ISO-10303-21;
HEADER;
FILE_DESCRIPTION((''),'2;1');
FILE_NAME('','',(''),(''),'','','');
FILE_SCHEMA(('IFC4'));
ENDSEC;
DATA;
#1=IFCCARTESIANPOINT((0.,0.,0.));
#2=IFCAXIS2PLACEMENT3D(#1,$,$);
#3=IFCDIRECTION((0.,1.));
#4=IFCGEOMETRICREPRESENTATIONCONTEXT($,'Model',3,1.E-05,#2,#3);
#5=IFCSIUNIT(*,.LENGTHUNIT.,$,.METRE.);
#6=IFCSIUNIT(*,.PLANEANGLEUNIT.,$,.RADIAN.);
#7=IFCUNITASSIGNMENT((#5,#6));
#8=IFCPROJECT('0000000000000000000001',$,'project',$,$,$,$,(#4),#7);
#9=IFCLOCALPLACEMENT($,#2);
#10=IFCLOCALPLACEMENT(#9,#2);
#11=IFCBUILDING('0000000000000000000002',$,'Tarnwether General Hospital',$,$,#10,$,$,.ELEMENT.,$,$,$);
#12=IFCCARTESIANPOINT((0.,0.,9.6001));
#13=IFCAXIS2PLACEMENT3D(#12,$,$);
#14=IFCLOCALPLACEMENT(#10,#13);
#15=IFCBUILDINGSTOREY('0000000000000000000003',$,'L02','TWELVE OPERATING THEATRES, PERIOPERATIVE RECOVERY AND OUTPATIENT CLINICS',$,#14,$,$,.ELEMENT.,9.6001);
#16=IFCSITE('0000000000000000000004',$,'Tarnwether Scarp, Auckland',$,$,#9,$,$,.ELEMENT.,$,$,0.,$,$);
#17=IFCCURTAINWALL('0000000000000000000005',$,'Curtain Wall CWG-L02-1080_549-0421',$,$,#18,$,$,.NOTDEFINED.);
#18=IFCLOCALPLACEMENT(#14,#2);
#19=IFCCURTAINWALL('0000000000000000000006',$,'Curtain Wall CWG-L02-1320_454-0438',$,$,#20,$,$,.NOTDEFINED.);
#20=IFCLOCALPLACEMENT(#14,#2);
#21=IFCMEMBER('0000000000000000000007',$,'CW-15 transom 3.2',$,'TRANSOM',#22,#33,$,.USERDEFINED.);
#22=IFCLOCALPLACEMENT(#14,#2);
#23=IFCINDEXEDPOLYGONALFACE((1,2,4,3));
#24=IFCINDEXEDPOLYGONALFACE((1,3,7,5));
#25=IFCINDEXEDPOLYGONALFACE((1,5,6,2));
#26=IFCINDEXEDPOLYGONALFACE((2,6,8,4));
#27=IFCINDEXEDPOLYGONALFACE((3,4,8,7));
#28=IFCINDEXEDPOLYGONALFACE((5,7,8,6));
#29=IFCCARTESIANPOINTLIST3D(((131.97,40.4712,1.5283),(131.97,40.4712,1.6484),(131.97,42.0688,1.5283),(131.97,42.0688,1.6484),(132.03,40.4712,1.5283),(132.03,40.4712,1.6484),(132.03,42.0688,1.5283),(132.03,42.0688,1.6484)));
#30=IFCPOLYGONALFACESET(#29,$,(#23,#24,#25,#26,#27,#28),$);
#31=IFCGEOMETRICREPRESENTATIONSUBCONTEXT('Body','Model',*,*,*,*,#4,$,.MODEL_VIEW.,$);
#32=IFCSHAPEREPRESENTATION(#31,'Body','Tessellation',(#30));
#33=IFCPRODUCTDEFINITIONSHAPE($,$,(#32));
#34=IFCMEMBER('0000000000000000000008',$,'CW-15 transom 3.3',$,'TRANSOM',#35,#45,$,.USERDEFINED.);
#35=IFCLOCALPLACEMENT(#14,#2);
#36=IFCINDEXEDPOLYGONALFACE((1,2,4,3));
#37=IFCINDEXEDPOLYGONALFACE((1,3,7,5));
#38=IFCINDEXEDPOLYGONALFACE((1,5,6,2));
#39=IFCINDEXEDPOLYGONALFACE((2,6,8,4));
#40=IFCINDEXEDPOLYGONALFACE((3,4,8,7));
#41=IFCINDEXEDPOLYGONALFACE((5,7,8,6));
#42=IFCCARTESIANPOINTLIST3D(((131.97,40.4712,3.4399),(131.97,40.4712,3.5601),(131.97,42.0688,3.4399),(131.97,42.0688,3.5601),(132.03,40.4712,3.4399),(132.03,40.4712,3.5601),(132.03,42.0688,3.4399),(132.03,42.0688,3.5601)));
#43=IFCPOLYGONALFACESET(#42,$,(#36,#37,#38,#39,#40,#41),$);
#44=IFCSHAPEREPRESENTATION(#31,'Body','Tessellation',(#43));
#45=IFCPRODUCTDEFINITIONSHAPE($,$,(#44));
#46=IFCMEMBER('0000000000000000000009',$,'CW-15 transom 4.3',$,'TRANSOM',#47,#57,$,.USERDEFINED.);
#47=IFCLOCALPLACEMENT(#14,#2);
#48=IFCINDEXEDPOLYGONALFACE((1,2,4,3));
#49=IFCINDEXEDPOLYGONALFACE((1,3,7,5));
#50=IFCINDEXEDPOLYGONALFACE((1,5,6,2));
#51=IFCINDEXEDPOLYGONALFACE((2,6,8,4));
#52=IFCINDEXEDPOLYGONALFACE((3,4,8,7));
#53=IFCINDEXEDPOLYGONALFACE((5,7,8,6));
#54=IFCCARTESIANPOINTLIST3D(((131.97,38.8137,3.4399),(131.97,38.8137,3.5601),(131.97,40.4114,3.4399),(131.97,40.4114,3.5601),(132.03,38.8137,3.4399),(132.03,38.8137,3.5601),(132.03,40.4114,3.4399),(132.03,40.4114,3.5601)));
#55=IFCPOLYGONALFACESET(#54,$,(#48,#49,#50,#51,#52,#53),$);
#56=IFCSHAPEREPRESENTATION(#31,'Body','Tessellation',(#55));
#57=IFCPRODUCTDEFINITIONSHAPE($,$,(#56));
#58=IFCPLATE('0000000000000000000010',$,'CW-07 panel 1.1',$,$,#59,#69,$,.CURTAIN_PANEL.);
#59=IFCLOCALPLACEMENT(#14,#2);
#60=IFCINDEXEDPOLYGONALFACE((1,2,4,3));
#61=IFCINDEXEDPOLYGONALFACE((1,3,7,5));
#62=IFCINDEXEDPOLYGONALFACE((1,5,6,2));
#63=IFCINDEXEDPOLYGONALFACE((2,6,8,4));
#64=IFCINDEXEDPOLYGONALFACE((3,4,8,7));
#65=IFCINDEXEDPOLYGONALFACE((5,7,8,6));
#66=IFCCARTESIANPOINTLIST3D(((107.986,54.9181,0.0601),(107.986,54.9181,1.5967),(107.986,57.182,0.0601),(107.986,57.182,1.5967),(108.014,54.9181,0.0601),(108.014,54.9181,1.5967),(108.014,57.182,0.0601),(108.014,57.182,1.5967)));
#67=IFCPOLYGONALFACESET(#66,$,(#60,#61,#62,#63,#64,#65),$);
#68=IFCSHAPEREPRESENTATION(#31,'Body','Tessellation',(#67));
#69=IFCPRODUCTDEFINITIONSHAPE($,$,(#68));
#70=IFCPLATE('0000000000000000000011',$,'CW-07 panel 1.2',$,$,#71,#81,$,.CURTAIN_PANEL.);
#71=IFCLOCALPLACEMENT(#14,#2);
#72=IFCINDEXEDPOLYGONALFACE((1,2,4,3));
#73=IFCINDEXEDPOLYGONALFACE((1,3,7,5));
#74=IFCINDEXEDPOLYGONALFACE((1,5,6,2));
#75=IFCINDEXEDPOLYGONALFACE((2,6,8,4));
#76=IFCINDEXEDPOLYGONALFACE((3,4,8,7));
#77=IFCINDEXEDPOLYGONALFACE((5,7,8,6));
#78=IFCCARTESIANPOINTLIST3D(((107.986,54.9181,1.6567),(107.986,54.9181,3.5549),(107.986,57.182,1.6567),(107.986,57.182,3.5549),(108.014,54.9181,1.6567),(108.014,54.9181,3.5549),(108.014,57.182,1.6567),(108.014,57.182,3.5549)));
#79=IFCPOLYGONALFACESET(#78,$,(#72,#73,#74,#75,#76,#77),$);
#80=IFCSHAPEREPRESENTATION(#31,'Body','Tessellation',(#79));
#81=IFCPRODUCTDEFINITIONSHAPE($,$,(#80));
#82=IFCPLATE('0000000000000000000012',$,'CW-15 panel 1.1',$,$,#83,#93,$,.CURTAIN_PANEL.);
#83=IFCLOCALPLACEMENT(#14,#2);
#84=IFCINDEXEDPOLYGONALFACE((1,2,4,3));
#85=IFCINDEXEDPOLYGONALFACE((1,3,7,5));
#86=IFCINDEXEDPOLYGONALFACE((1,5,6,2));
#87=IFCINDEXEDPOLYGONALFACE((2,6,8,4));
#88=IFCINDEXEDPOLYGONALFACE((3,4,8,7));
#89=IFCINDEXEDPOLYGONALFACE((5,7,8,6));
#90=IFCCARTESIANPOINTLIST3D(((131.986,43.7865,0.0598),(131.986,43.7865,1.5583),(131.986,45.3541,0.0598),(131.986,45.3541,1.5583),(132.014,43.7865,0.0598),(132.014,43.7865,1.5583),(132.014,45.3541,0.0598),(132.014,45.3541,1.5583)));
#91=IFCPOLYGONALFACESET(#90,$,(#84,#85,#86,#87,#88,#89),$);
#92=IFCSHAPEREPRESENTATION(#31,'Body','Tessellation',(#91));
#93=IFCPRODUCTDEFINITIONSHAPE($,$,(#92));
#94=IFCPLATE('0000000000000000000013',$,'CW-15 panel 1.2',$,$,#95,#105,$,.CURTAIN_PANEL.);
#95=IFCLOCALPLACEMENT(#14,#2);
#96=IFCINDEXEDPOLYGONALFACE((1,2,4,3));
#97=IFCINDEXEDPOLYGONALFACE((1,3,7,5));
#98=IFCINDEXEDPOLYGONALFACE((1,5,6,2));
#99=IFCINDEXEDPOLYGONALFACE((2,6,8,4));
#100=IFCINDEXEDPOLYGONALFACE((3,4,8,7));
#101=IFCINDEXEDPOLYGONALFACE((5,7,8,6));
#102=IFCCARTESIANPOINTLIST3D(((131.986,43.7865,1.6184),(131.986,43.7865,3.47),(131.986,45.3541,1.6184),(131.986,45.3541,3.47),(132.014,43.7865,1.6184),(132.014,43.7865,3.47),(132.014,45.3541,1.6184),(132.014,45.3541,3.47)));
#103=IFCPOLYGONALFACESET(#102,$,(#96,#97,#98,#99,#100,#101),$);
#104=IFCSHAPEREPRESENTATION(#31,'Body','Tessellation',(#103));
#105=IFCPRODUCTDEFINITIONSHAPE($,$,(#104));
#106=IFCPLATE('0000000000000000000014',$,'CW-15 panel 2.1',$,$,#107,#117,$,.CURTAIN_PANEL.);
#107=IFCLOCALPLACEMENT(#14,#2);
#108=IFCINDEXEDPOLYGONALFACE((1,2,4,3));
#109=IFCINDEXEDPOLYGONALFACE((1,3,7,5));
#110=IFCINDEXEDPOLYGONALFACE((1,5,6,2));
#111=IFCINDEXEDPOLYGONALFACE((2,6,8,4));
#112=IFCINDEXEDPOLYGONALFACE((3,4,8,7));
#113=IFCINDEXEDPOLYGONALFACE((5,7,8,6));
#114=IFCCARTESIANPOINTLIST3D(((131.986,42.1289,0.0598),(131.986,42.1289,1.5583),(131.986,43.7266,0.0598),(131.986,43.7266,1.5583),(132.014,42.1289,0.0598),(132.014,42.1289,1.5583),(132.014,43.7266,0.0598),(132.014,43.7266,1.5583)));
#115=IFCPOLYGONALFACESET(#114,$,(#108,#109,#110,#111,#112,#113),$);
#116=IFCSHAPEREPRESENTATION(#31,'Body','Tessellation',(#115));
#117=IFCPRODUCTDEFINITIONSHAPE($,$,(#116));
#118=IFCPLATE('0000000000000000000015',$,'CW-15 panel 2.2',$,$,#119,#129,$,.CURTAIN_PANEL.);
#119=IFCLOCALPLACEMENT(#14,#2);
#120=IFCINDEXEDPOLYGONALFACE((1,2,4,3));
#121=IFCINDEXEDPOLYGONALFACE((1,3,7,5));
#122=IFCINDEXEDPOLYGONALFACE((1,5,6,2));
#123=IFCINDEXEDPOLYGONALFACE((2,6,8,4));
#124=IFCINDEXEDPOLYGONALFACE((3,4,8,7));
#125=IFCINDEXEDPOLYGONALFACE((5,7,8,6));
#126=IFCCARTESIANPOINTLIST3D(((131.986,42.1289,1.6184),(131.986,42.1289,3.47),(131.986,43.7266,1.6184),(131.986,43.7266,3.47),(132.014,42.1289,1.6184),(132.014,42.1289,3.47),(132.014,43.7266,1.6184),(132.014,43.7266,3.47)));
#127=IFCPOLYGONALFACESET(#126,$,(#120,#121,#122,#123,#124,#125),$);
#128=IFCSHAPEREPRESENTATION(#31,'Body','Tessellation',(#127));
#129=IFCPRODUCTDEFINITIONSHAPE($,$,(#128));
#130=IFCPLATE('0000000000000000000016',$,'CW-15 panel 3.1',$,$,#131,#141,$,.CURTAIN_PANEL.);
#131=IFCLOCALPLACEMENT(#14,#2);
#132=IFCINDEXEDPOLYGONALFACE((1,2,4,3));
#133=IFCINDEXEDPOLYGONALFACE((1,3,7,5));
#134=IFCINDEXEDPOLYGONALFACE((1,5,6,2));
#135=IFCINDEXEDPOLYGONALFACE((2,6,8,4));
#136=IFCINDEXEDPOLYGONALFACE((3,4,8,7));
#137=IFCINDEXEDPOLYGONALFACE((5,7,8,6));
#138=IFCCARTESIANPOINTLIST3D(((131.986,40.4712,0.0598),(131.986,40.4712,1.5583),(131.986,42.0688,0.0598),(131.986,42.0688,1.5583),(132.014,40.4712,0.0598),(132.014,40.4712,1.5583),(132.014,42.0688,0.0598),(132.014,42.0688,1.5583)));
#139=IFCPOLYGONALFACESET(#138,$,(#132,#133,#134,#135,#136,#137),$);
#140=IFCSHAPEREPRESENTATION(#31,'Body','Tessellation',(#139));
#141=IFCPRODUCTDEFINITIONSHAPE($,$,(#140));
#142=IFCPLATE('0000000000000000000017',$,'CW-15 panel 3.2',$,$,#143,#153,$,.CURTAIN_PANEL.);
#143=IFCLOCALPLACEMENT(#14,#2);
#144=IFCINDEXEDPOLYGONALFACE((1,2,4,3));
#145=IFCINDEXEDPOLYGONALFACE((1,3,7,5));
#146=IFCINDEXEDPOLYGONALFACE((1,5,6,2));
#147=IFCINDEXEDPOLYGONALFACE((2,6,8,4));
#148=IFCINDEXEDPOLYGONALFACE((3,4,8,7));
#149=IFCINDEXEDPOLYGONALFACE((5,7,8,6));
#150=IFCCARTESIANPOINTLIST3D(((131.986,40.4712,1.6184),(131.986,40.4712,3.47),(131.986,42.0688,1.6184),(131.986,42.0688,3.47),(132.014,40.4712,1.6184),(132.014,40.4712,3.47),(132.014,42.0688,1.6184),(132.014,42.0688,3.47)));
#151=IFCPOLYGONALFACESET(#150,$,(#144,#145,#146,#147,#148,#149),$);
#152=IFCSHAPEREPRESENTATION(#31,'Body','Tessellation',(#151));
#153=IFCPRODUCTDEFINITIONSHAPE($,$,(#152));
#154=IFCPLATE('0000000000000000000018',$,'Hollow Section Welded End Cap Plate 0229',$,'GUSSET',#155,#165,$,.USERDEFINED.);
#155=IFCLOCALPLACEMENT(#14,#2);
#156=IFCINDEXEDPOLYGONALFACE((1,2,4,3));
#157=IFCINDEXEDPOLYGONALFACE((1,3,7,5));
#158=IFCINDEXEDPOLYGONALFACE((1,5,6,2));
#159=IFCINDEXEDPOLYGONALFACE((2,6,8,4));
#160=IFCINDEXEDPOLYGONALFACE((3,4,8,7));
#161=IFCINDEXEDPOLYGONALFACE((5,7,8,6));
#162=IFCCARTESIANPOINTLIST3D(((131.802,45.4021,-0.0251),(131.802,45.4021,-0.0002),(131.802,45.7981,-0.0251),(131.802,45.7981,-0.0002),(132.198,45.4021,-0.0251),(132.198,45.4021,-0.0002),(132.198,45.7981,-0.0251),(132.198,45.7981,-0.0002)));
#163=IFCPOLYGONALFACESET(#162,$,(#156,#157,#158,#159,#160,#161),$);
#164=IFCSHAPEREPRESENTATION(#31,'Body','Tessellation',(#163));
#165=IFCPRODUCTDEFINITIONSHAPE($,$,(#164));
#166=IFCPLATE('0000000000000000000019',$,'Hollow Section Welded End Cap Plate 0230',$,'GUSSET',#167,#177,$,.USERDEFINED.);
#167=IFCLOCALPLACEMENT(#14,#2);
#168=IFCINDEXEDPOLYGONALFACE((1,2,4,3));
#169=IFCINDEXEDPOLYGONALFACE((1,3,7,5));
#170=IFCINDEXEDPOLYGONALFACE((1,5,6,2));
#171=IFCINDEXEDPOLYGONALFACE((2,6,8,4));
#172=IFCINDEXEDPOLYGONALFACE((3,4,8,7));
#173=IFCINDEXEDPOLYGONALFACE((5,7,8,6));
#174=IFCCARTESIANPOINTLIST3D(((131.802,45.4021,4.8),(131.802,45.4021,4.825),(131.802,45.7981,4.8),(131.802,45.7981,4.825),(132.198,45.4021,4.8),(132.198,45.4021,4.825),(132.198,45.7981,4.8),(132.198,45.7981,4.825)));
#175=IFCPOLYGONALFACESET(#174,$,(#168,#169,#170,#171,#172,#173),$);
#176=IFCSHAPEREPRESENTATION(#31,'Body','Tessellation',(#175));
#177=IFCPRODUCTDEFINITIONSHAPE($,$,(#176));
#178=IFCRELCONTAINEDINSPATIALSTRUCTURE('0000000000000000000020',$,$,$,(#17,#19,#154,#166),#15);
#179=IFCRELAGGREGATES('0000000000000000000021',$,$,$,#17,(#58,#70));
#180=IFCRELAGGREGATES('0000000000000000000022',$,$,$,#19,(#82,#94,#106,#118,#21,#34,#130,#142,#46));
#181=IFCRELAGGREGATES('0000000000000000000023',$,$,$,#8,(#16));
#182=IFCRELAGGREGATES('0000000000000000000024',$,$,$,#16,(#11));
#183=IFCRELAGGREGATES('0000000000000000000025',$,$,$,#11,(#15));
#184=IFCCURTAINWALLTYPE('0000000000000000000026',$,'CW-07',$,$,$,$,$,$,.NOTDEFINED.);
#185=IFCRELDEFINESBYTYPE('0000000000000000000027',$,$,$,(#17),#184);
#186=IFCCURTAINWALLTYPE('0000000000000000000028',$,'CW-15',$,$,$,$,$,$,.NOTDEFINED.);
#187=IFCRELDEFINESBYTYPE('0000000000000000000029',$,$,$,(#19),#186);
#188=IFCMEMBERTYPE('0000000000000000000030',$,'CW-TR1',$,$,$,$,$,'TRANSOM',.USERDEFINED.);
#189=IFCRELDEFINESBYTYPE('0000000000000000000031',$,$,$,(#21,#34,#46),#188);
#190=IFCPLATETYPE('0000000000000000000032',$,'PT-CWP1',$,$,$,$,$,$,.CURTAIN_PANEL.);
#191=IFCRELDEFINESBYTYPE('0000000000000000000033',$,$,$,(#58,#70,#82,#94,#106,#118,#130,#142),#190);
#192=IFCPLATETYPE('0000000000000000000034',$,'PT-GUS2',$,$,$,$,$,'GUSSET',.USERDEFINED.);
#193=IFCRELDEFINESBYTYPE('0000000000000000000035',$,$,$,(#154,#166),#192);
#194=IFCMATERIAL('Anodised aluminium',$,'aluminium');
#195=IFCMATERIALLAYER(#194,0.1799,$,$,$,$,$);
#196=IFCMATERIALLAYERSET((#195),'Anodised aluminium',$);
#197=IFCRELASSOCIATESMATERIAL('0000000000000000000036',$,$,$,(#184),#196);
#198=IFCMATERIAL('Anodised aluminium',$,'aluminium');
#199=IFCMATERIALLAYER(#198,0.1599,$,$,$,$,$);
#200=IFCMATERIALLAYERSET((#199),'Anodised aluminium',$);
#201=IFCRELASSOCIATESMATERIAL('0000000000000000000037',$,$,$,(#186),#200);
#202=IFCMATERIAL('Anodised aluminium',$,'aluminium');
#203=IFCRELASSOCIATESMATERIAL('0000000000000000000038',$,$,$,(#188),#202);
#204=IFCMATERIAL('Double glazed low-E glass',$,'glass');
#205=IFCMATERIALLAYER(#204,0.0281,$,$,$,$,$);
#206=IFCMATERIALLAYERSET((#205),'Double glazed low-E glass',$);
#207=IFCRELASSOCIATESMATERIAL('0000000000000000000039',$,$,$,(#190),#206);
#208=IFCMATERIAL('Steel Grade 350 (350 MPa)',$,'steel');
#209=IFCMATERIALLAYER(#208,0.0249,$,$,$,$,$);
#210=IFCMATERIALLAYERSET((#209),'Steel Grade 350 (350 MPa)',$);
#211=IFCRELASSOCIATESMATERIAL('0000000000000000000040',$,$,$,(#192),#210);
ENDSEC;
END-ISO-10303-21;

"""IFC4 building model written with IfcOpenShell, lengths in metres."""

from ifc_helpers import new_model, si_unit, direction, frame, origin, origin_2d, place, context, subcontext, project, spatial, rectangle, extrude, material, layer, layer_set, material_profile, profile_set, type_object, element, aggregate, save


model = new_model("IFC4")

# Units and contexts
model_context = context("Model", 3, precision=1e-05, world=origin(), true_north=direction((0.0, 1.0)))
body_context = subcontext(model_context, "Body", "Model", "MODEL_VIEW")
ifc_project = project(units=[si_unit("LENGTHUNIT", "METRE"), si_unit("PLANEANGLEUNIT", "RADIAN")], contexts=[model_context])

# Site, building, storey
site_placement = place(None, origin())
site = spatial("IfcSite", under=ifc_project, at=site_placement, Name="Tarnwether Scarp, Auckland", CompositionType="ELEMENT", RefElevation=0.0)
building_placement = place(site_placement, origin())
building = spatial("IfcBuilding", under=site, at=building_placement, Name="Tarnwether General Hospital", CompositionType="ELEMENT")
storey_placement = place(building_placement, frame((0.0, 0.0, 9.6001)))
storey = spatial("IfcBuildingStorey", under=building, at=storey_placement, Name="L02", Description="TWELVE OPERATING THEATRES, PERIOPERATIVE RECOVERY AND OUTPATIENT CLINICS", CompositionType="ELEMENT", Elevation=9.6001)

# Curtain wall
ifc_material_1 = material(Name="Anodised aluminium", Category="aluminium")
ifc_layer_1 = layer(ifc_material_1, 0.1799)
ifc_layer_set_1 = layer_set([ifc_layer_1], Name="Anodised aluminium")
curtain_wall_type_1 = type_object("IfcCurtainWallType", Name="CW-07", PredefinedType="NOTDEFINED", material=ifc_layer_set_1)
curtain_wall_1_placement = place(storey_placement, origin())
curtain_wall_1 = element("IfcCurtainWall", 1, at=curtain_wall_1_placement, inside=storey, type_object=curtain_wall_type_1, Name="Curtain Wall CWG-L02-1080_549-0421", PredefinedType="NOTDEFINED")

# Curtain wall
ifc_material_2 = material(Name="Anodised aluminium", Category="aluminium")
ifc_layer_2 = layer(ifc_material_2, 0.1599)
ifc_layer_set_2 = layer_set([ifc_layer_2], Name="Anodised aluminium")
curtain_wall_type_2 = type_object("IfcCurtainWallType", Name="CW-15", PredefinedType="NOTDEFINED", material=ifc_layer_set_2)
curtain_wall_2_placement = place(storey_placement, origin())
curtain_wall_2 = element("IfcCurtainWall", 2, at=curtain_wall_2_placement, inside=storey, type_object=curtain_wall_type_2, Name="Curtain Wall CWG-L02-1320_454-0438", PredefinedType="NOTDEFINED")

# Members
ifc_material_3 = material(Name="Anodised aluminium", Category="aluminium")
ifc_material_profile_1 = material_profile(ifc_material_3, rectangle(XDim=0.0601, YDim=0.1201, at=origin_2d()), Name="ALU-TRN-60x120")
ifc_profile_set_1 = profile_set([ifc_material_profile_1], Name="Anodised aluminium")
member_type_1 = type_object("IfcMemberType", Name="CW-TR1", ElementType="TRANSOM", PredefinedType="USERDEFINED", material=ifc_profile_set_1)
member_1_placement = place(storey_placement, frame((132.0, 42.0688, 1.5884), z_axis=(0.0, -1.0, 0.0), x_axis=(1.0, 0.0, 0.0)))
member_1 = element("IfcMember", 3, at=member_1_placement, type_object=member_type_1, Name="CW-15 transom 3.2", ObjectType="TRANSOM", PredefinedType="USERDEFINED", context=body_context, shape_type="SweptSolid", body=[
    extrude(rectangle(XDim=0.0601, YDim=0.1201, at=origin_2d()), origin(), (0.0, 0.0, 1.0), 1.5977),
])
member_2_placement = place(storey_placement, frame((132.0, 42.0688, 3.5), z_axis=(0.0, -1.0, 0.0), x_axis=(1.0, 0.0, 0.0)))
member_2 = element("IfcMember", 4, at=member_2_placement, type_object=member_type_1, Name="CW-15 transom 3.3", ObjectType="TRANSOM", PredefinedType="USERDEFINED", context=body_context, shape_type="SweptSolid", body=[
    extrude(rectangle(XDim=0.0601, YDim=0.1201, at=origin_2d()), origin(), (0.0, 0.0, 1.0), 1.5977),
])
member_3_placement = place(storey_placement, frame((132.0, 40.4114, 3.5), z_axis=(0.0, -1.0, 0.0), x_axis=(1.0, 0.0, 0.0)))
member_3 = element("IfcMember", 5, at=member_3_placement, type_object=member_type_1, Name="CW-15 transom 4.3", ObjectType="TRANSOM", PredefinedType="USERDEFINED", context=body_context, shape_type="SweptSolid", body=[
    extrude(rectangle(XDim=0.0601, YDim=0.1201, at=origin_2d()), origin(), (0.0, 0.0, 1.0), 1.5977),
])

# Plates
ifc_material_4 = material(Name="Double glazed low-E glass", Category="glass")
ifc_layer_3 = layer(ifc_material_4, 0.0281)
ifc_layer_set_3 = layer_set([ifc_layer_3], Name="Double glazed low-E glass")
plate_type_1 = type_object("IfcPlateType", Name="PT-CWP1", PredefinedType="CURTAIN_PANEL", material=ifc_layer_set_3)
plate_1_placement = place(storey_placement, frame((108.0, 56.05, 0.0601), z_axis=(0.0, 0.0, 1.0), x_axis=(0.0, 1.0, 0.0)))
plate_1 = element("IfcPlate", 6, at=plate_1_placement, type_object=plate_type_1, Name="CW-07 panel 1.1", PredefinedType="CURTAIN_PANEL", context=body_context, shape_type="SweptSolid", body=[
    extrude(rectangle(XDim=2.2639, YDim=0.0281, at=origin_2d()), origin(), (0.0, 0.0, 1.0), 1.5366),
])
plate_2_placement = place(storey_placement, frame((108.0, 56.05, 1.6567), z_axis=(0.0, 0.0, 1.0), x_axis=(0.0, 1.0, 0.0)))
plate_2 = element("IfcPlate", 7, at=plate_2_placement, type_object=plate_type_1, Name="CW-07 panel 1.2", PredefinedType="CURTAIN_PANEL", context=body_context, shape_type="SweptSolid", body=[
    extrude(rectangle(XDim=2.2639, YDim=0.0281, at=origin_2d()), origin(), (0.0, 0.0, 1.0), 1.8982),
])
aggregate(curtain_wall_1, [plate_1, plate_2])
plate_3_placement = place(storey_placement, frame((132.0, 44.5703, 0.0598), z_axis=(0.0, 0.0, 1.0), x_axis=(0.0, -1.0, 0.0)))
plate_3 = element("IfcPlate", 8, at=plate_3_placement, type_object=plate_type_1, Name="CW-15 panel 1.1", PredefinedType="CURTAIN_PANEL", context=body_context, shape_type="SweptSolid", body=[
    extrude(rectangle(XDim=1.5676, YDim=0.0281, at=origin_2d()), origin(), (0.0, 0.0, 1.0), 1.4985),
])
plate_4_placement = place(storey_placement, frame((132.0, 44.5703, 1.6184), z_axis=(0.0, 0.0, 1.0), x_axis=(0.0, -1.0, 0.0)))
plate_4 = element("IfcPlate", 9, at=plate_4_placement, type_object=plate_type_1, Name="CW-15 panel 1.2", PredefinedType="CURTAIN_PANEL", context=body_context, shape_type="SweptSolid", body=[
    extrude(rectangle(XDim=1.5676, YDim=0.0281, at=origin_2d()), origin(), (0.0, 0.0, 1.0), 1.8516),
])
plate_5_placement = place(storey_placement, frame((132.0, 42.9277, 0.0598), z_axis=(0.0, 0.0, 1.0), x_axis=(0.0, -1.0, 0.0)))
plate_5 = element("IfcPlate", 10, at=plate_5_placement, type_object=plate_type_1, Name="CW-15 panel 2.1", PredefinedType="CURTAIN_PANEL", context=body_context, shape_type="SweptSolid", body=[
    extrude(rectangle(XDim=1.5977, YDim=0.0281, at=origin_2d()), origin(), (0.0, 0.0, 1.0), 1.4985),
])
plate_6_placement = place(storey_placement, frame((132.0, 42.9277, 1.6184), z_axis=(0.0, 0.0, 1.0), x_axis=(0.0, -1.0, 0.0)))
plate_6 = element("IfcPlate", 11, at=plate_6_placement, type_object=plate_type_1, Name="CW-15 panel 2.2", PredefinedType="CURTAIN_PANEL", context=body_context, shape_type="SweptSolid", body=[
    extrude(rectangle(XDim=1.5977, YDim=0.0281, at=origin_2d()), origin(), (0.0, 0.0, 1.0), 1.8516),
])
plate_7_placement = place(storey_placement, frame((132.0, 41.27, 0.0598), z_axis=(0.0, 0.0, 1.0), x_axis=(0.0, -1.0, 0.0)))
plate_7 = element("IfcPlate", 12, at=plate_7_placement, type_object=plate_type_1, Name="CW-15 panel 3.1", PredefinedType="CURTAIN_PANEL", context=body_context, shape_type="SweptSolid", body=[
    extrude(rectangle(XDim=1.5977, YDim=0.0281, at=origin_2d()), origin(), (0.0, 0.0, 1.0), 1.4985),
])
plate_8_placement = place(storey_placement, frame((132.0, 41.27, 1.6184), z_axis=(0.0, 0.0, 1.0), x_axis=(0.0, -1.0, 0.0)))
plate_8 = element("IfcPlate", 13, at=plate_8_placement, type_object=plate_type_1, Name="CW-15 panel 3.2", PredefinedType="CURTAIN_PANEL", context=body_context, shape_type="SweptSolid", body=[
    extrude(rectangle(XDim=1.5977, YDim=0.0281, at=origin_2d()), origin(), (0.0, 0.0, 1.0), 1.8516),
])
aggregate(curtain_wall_2, [plate_3, plate_4, plate_5, plate_6, member_1, member_2, plate_7, plate_8, member_3])

# Plates
ifc_material_5 = material(Name="Steel Grade 350 (350 MPa)", Category="steel")
ifc_layer_4 = layer(ifc_material_5, 0.0249)
ifc_layer_set_4 = layer_set([ifc_layer_4], Name="Steel Grade 350 (350 MPa)")
plate_type_2 = type_object("IfcPlateType", Name="PT-GUS2", ElementType="GUSSET", PredefinedType="USERDEFINED", material=ifc_layer_set_4)
for number, where, z_axis, x_axis, name in (
    (14, (132.0, 45.6001, -0.0251), (0.0, 0.0, 1.0), (1.0, 0.0, 0.0), "Hollow Section Welded End Cap Plate 0229"),
    (15, (132.0, 45.6001, 4.8), (0.0, 0.0, 1.0), (1.0, 0.0, 0.0), "Hollow Section Welded End Cap Plate 0230"),
):
    element("IfcPlate", number, at=place(storey_placement, frame(where, z_axis=z_axis, x_axis=x_axis)), inside=storey, type_object=plate_type_2, Name=name, ObjectType="GUSSET", PredefinedType="USERDEFINED", context=body_context, shape_type="SweptSolid", body=[
        extrude(rectangle(XDim=0.396, YDim=0.396, at=origin_2d()), origin(), (0.0, 0.0, 1.0), 0.0249),
    ])

save(model, "model.ifc")
